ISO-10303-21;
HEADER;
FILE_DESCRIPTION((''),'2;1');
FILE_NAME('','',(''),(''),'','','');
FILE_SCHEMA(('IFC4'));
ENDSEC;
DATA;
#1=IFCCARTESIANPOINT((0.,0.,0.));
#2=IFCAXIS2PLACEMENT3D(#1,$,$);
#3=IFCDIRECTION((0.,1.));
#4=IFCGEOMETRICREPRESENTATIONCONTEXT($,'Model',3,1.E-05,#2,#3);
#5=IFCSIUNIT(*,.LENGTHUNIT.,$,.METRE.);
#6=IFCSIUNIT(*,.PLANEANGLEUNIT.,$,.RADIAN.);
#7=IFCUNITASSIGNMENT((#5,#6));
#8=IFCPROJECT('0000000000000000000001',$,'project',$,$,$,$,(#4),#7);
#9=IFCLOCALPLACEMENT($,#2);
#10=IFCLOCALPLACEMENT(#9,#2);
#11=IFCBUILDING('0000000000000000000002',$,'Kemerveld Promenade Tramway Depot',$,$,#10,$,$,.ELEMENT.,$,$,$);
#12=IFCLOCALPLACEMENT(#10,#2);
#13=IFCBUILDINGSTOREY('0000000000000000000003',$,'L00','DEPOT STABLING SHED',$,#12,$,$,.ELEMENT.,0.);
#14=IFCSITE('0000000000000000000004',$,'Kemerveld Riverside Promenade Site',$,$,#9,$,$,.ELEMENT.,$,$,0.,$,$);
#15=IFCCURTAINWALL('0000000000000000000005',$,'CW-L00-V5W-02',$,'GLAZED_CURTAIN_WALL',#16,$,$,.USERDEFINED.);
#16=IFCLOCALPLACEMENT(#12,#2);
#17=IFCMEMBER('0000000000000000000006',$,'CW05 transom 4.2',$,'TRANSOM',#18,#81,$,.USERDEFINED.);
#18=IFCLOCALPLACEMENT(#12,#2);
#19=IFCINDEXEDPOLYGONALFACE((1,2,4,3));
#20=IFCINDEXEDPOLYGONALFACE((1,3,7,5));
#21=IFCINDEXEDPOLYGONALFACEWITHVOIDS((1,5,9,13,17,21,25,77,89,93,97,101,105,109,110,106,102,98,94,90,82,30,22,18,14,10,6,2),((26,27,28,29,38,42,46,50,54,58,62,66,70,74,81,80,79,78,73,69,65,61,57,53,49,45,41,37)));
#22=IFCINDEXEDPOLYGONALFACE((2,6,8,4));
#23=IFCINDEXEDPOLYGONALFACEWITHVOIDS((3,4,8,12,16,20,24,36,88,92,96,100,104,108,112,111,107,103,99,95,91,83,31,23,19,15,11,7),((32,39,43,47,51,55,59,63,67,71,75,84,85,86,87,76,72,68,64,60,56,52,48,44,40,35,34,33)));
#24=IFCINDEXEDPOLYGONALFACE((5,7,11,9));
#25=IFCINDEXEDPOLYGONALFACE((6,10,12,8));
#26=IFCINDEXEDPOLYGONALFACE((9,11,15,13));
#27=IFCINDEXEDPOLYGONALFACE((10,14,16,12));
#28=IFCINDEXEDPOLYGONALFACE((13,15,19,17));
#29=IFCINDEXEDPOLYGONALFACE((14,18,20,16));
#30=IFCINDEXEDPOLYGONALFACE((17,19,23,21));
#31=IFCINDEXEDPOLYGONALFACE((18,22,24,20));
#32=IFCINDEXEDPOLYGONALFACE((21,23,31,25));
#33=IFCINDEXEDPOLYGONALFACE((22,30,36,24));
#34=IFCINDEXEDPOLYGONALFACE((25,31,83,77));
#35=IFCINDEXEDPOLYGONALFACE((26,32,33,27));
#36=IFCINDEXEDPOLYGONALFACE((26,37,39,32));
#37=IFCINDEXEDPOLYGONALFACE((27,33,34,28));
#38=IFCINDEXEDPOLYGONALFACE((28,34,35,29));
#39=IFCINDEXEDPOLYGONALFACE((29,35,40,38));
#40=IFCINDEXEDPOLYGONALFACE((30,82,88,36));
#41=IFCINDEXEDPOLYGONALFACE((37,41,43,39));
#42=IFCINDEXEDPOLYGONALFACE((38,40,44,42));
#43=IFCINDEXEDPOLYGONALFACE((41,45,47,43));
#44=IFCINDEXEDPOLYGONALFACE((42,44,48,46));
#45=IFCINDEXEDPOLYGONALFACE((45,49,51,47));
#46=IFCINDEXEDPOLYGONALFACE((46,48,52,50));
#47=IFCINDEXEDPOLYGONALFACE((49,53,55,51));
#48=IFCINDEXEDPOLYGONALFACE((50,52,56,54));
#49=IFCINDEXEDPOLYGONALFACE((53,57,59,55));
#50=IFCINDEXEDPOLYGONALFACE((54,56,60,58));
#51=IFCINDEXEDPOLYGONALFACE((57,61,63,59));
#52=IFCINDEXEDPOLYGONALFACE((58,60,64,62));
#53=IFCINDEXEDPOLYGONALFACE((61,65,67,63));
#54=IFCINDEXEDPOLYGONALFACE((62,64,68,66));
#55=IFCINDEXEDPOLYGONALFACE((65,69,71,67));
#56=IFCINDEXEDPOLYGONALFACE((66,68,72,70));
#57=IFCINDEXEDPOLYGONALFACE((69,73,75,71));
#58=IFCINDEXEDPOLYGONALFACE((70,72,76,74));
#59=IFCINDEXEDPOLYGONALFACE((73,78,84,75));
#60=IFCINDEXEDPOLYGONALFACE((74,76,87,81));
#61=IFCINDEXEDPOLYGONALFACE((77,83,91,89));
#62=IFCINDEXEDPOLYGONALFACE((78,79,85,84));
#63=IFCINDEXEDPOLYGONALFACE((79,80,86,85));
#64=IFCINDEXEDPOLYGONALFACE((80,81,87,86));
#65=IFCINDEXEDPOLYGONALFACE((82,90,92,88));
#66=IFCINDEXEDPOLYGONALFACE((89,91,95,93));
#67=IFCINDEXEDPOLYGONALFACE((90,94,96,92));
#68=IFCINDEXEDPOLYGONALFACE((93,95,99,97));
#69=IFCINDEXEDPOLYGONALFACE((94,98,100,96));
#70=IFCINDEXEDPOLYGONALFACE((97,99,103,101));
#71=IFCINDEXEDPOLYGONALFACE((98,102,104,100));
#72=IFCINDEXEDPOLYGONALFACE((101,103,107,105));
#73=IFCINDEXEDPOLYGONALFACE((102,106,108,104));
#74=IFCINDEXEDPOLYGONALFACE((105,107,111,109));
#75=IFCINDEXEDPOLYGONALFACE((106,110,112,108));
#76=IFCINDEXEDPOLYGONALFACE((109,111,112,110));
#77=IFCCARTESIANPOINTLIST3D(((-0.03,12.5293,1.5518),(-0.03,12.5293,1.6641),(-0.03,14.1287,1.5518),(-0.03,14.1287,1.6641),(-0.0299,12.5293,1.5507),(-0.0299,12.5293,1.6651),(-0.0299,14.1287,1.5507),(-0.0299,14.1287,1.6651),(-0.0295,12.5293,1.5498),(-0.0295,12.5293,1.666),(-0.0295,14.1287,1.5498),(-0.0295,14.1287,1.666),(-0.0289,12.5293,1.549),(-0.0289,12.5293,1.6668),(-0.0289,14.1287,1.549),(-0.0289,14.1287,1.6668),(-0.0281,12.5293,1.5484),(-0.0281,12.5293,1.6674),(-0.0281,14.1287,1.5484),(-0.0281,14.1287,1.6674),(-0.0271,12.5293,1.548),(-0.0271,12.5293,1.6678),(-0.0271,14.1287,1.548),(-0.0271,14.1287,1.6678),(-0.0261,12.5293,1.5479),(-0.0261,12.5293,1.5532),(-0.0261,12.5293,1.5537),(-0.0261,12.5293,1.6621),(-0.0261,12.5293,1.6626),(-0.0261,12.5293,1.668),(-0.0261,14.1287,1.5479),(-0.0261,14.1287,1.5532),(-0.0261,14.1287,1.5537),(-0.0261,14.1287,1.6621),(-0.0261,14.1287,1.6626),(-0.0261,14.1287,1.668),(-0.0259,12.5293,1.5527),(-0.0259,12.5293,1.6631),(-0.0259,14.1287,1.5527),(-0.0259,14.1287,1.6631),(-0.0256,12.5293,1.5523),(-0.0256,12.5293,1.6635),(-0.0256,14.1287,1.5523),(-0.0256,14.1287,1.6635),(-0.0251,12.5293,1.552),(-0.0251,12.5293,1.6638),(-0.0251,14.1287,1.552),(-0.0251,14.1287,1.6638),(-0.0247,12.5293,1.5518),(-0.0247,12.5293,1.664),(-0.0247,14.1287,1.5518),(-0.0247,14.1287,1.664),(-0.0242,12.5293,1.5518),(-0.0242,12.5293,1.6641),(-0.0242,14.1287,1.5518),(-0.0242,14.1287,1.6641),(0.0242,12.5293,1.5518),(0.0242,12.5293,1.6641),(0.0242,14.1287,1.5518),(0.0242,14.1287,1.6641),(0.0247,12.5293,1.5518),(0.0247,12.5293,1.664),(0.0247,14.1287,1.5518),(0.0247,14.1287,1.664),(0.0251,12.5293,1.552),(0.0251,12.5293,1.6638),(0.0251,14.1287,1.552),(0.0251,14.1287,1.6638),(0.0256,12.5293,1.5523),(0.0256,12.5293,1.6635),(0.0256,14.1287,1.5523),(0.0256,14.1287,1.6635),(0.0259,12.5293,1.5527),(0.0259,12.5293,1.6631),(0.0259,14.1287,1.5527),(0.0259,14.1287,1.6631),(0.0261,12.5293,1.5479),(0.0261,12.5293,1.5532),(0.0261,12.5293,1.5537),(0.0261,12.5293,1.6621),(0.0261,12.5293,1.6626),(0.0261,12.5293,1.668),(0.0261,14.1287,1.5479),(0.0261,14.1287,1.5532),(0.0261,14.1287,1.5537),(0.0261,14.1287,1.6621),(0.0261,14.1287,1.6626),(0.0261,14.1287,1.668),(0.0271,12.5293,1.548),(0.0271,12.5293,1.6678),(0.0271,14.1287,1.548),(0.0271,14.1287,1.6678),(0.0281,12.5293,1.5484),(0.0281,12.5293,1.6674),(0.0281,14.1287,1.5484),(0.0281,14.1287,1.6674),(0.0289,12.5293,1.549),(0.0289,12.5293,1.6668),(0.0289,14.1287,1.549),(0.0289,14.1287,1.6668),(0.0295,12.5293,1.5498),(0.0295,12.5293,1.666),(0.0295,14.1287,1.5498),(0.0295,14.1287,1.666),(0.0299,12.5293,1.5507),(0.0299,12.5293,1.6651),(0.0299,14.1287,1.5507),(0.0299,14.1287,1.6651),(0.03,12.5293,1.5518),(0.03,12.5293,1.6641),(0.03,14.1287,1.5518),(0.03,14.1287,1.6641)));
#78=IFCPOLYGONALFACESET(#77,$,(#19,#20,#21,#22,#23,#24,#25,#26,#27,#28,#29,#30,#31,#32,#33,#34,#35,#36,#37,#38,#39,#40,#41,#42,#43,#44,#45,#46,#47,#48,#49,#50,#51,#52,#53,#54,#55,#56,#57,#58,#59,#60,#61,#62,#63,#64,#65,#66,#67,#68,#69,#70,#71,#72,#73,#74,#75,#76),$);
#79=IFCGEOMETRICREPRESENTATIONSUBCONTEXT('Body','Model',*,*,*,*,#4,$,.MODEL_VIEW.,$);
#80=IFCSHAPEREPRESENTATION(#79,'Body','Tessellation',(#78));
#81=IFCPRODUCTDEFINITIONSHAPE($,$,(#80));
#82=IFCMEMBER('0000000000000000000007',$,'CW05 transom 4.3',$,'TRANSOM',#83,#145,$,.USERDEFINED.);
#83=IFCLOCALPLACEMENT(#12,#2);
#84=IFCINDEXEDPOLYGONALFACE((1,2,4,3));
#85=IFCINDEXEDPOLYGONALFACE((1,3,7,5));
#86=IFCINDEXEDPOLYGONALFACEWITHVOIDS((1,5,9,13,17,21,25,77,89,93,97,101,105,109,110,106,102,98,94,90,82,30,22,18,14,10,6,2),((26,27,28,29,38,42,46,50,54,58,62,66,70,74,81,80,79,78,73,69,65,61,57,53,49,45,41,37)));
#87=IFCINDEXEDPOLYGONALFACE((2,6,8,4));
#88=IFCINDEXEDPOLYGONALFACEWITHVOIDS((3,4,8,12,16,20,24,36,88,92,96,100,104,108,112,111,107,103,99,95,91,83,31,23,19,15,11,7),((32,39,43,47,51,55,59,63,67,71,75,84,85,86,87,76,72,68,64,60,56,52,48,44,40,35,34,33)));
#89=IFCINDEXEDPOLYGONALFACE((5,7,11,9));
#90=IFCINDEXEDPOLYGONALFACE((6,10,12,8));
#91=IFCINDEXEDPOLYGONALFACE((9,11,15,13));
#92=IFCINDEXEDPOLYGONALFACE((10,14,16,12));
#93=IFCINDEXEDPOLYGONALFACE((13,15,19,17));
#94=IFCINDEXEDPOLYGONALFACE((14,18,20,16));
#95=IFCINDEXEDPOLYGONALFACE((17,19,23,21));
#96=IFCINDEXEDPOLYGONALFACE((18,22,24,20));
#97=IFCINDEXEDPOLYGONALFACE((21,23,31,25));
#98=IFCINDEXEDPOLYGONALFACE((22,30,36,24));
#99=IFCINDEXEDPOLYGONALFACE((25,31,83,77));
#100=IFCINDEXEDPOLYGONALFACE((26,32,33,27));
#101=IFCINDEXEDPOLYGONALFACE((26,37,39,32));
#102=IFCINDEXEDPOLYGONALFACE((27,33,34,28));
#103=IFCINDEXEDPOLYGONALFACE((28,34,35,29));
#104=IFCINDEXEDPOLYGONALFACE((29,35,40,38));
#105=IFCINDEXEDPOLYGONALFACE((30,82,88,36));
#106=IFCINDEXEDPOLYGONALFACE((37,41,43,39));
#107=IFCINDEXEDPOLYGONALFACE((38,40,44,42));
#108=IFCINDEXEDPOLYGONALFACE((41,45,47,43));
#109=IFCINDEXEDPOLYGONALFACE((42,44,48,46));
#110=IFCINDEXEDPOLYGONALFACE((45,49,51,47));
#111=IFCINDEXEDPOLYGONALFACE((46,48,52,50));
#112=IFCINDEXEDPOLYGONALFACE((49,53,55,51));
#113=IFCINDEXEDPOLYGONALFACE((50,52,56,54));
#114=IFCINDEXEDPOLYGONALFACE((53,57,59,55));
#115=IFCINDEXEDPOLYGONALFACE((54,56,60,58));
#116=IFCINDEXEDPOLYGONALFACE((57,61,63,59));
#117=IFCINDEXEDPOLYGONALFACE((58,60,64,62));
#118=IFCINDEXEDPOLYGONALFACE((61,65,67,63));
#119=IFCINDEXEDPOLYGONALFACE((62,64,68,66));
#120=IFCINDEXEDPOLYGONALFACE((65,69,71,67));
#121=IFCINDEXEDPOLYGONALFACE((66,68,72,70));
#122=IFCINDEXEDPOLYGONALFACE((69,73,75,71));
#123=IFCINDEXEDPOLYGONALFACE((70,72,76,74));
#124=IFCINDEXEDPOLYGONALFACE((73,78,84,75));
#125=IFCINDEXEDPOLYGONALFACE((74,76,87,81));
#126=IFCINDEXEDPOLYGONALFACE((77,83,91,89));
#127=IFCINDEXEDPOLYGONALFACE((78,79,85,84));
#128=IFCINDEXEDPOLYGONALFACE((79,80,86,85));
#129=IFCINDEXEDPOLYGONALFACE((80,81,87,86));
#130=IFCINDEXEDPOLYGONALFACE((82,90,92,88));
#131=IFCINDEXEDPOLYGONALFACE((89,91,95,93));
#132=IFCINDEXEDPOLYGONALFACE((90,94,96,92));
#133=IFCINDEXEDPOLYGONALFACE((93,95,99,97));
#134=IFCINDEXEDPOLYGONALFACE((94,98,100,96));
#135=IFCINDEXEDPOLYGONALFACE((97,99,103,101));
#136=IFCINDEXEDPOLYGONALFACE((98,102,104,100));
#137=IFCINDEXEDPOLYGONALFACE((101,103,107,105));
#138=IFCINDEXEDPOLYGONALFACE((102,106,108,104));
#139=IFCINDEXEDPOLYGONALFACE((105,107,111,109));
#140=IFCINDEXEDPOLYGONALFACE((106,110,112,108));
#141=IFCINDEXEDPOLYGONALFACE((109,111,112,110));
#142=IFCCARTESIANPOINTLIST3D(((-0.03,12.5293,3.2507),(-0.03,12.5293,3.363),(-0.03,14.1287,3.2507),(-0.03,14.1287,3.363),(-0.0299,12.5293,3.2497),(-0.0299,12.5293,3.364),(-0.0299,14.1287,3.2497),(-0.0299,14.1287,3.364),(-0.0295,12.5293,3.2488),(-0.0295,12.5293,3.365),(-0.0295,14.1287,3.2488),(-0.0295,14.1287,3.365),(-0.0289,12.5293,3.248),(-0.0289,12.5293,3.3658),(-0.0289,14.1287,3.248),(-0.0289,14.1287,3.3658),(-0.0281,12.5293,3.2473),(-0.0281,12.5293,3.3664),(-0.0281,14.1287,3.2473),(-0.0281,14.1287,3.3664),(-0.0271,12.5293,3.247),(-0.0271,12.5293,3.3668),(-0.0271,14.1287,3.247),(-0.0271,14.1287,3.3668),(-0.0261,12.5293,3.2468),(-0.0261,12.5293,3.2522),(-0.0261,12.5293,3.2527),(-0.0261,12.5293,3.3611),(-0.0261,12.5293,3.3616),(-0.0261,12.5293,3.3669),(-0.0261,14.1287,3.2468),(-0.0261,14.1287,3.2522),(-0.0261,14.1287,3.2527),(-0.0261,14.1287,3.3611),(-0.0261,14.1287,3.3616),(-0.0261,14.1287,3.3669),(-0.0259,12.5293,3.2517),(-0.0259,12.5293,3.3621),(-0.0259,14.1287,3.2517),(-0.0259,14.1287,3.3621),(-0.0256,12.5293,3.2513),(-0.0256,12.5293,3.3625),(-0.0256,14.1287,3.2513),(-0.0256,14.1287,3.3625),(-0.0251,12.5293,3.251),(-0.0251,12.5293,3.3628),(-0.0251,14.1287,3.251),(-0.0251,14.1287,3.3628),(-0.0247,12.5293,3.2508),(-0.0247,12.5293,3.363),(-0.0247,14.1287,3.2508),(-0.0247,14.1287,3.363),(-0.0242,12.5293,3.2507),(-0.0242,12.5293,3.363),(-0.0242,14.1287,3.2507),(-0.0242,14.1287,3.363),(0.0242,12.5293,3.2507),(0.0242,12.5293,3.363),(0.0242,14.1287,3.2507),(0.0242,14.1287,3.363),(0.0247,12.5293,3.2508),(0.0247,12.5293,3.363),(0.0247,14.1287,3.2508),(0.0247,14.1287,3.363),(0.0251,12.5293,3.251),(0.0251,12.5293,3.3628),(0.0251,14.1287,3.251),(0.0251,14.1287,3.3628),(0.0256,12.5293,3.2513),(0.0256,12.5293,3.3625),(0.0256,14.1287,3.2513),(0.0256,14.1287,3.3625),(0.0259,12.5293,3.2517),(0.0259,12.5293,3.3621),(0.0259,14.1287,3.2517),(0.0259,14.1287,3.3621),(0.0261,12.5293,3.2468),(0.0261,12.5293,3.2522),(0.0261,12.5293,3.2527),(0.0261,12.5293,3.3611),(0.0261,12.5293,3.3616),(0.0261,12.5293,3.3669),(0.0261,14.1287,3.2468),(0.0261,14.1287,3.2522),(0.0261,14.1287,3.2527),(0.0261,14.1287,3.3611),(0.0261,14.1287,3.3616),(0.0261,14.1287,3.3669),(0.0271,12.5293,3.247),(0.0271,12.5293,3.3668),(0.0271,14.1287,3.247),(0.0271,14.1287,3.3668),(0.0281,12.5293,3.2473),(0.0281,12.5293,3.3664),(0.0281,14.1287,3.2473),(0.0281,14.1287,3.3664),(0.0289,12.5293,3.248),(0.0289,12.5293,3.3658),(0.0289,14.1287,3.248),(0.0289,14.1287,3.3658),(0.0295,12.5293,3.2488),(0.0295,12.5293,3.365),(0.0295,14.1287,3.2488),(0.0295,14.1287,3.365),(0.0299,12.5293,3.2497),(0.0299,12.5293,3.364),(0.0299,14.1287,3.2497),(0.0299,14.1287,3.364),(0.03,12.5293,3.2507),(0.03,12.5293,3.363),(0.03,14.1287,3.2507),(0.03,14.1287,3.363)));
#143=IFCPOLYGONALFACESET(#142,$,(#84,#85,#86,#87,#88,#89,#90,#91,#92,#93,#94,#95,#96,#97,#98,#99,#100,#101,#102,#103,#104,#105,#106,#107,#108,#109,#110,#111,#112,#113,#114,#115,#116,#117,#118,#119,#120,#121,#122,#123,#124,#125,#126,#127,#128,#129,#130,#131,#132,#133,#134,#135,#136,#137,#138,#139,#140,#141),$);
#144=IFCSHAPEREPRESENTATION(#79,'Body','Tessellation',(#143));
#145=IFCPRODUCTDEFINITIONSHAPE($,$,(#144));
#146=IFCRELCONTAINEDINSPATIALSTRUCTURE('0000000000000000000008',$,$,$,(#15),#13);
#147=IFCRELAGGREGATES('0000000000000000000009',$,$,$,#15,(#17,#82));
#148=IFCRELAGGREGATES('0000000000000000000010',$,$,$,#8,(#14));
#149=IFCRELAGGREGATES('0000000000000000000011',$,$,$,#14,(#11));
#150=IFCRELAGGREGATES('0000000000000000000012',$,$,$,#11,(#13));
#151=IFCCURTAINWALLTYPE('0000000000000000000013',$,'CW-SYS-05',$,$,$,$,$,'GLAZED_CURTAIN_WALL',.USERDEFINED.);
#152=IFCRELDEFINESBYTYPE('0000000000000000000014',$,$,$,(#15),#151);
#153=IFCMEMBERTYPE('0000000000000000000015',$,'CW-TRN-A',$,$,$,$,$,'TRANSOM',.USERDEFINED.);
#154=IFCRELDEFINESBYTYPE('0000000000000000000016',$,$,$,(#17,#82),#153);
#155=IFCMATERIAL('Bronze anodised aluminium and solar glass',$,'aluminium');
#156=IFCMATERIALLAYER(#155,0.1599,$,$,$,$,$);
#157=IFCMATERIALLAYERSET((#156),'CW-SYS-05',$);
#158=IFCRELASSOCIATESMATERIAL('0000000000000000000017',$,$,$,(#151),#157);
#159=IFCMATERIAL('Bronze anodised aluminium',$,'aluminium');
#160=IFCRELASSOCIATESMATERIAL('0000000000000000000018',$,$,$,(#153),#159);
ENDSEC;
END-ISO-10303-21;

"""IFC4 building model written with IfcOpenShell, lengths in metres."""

from ifc_helpers import new_model, si_unit, direction, frame, origin, origin_2d, place, context, subcontext, project, spatial, hollow_rectangle, extrude, material, layer, layer_set, material_profile, profile_set, type_object, element, aggregate, save


model = new_model("IFC4")

# Units and contexts
model_context = context("Model", 3, precision=1e-05, world=origin(), true_north=direction((0.0, 1.0)))
body_context = subcontext(model_context, "Body", "Model", "MODEL_VIEW")
ifc_project = project(units=[si_unit("LENGTHUNIT", "METRE"), si_unit("PLANEANGLEUNIT", "RADIAN")], contexts=[model_context])

# Site, building, storey
site_placement = place(None, origin())
site = spatial("IfcSite", under=ifc_project, at=site_placement, Name="Kemerveld Riverside Promenade Site", CompositionType="ELEMENT", RefElevation=0.0)
building_placement = place(site_placement, origin())
building = spatial("IfcBuilding", under=site, at=building_placement, Name="Kemerveld Promenade Tramway Depot", CompositionType="ELEMENT")
storey_placement = place(building_placement, origin())
storey = spatial("IfcBuildingStorey", under=building, at=storey_placement, Name="L00", Description="DEPOT STABLING SHED", CompositionType="ELEMENT", Elevation=0.0)

# Curtain wall, members
ifc_material_1 = material(Name="Bronze anodised aluminium and solar glass", Category="aluminium")
ifc_layer_1 = layer(ifc_material_1, 0.1599)
ifc_layer_set_1 = layer_set([ifc_layer_1], Name="CW-SYS-05")
curtain_wall_type = type_object("IfcCurtainWallType", Name="CW-SYS-05", ElementType="GLAZED_CURTAIN_WALL", PredefinedType="USERDEFINED", material=ifc_layer_set_1)
curtain_wall_placement = place(storey_placement, origin())
curtain_wall = element("IfcCurtainWall", 1, at=curtain_wall_placement, inside=storey, type_object=curtain_wall_type, Name="CW-L00-V5W-02", ObjectType="GLAZED_CURTAIN_WALL", PredefinedType="USERDEFINED")
ifc_material_2 = material(Name="Bronze anodised aluminium", Category="aluminium")
ifc_material_profile_1 = material_profile(ifc_material_2, hollow_rectangle(XDim=0.0601, YDim=0.1201, WallThickness=0.0039, InnerFilletRadius=0.002, OuterFilletRadius=0.0039, at=origin_2d()), Name="CW-TRN-120x60")
ifc_profile_set_1 = profile_set([ifc_material_profile_1], Name="Bronze anodised aluminium")
member_type_1 = type_object("IfcMemberType", Name="CW-TRN-A", ElementType="TRANSOM", PredefinedType="USERDEFINED", material=ifc_profile_set_1)
member_1_placement = place(storey_placement, frame((0.0, 12.5293, 1.6079), z_axis=(0.0, 1.0, 0.0), x_axis=(-1.0, 0.0, 0.0)))
member_1 = element("IfcMember", 2, at=member_1_placement, type_object=member_type_1, Name="CW05 transom 4.2", ObjectType="TRANSOM", PredefinedType="USERDEFINED", context=body_context, shape_type="SweptSolid", body=[
    extrude(hollow_rectangle(XDim=0.0601, YDim=0.1201, WallThickness=0.0039, InnerFilletRadius=0.002, OuterFilletRadius=0.0039, at=origin_2d()), origin(), (0.0, 0.0, 1.0), 1.5994),
])
member_2_placement = place(storey_placement, frame((0.0, 12.5293, 3.3069), z_axis=(0.0, 1.0, 0.0), x_axis=(-1.0, 0.0, 0.0)))
member_2 = element("IfcMember", 3, at=member_2_placement, type_object=member_type_1, Name="CW05 transom 4.3", ObjectType="TRANSOM", PredefinedType="USERDEFINED", context=body_context, shape_type="SweptSolid", body=[
    extrude(hollow_rectangle(XDim=0.0601, YDim=0.1201, WallThickness=0.0039, InnerFilletRadius=0.002, OuterFilletRadius=0.0039, at=origin_2d()), origin(), (0.0, 0.0, 1.0), 1.5994),
])
aggregate(curtain_wall, [member_1, member_2])

save(model, "model.ifc")
